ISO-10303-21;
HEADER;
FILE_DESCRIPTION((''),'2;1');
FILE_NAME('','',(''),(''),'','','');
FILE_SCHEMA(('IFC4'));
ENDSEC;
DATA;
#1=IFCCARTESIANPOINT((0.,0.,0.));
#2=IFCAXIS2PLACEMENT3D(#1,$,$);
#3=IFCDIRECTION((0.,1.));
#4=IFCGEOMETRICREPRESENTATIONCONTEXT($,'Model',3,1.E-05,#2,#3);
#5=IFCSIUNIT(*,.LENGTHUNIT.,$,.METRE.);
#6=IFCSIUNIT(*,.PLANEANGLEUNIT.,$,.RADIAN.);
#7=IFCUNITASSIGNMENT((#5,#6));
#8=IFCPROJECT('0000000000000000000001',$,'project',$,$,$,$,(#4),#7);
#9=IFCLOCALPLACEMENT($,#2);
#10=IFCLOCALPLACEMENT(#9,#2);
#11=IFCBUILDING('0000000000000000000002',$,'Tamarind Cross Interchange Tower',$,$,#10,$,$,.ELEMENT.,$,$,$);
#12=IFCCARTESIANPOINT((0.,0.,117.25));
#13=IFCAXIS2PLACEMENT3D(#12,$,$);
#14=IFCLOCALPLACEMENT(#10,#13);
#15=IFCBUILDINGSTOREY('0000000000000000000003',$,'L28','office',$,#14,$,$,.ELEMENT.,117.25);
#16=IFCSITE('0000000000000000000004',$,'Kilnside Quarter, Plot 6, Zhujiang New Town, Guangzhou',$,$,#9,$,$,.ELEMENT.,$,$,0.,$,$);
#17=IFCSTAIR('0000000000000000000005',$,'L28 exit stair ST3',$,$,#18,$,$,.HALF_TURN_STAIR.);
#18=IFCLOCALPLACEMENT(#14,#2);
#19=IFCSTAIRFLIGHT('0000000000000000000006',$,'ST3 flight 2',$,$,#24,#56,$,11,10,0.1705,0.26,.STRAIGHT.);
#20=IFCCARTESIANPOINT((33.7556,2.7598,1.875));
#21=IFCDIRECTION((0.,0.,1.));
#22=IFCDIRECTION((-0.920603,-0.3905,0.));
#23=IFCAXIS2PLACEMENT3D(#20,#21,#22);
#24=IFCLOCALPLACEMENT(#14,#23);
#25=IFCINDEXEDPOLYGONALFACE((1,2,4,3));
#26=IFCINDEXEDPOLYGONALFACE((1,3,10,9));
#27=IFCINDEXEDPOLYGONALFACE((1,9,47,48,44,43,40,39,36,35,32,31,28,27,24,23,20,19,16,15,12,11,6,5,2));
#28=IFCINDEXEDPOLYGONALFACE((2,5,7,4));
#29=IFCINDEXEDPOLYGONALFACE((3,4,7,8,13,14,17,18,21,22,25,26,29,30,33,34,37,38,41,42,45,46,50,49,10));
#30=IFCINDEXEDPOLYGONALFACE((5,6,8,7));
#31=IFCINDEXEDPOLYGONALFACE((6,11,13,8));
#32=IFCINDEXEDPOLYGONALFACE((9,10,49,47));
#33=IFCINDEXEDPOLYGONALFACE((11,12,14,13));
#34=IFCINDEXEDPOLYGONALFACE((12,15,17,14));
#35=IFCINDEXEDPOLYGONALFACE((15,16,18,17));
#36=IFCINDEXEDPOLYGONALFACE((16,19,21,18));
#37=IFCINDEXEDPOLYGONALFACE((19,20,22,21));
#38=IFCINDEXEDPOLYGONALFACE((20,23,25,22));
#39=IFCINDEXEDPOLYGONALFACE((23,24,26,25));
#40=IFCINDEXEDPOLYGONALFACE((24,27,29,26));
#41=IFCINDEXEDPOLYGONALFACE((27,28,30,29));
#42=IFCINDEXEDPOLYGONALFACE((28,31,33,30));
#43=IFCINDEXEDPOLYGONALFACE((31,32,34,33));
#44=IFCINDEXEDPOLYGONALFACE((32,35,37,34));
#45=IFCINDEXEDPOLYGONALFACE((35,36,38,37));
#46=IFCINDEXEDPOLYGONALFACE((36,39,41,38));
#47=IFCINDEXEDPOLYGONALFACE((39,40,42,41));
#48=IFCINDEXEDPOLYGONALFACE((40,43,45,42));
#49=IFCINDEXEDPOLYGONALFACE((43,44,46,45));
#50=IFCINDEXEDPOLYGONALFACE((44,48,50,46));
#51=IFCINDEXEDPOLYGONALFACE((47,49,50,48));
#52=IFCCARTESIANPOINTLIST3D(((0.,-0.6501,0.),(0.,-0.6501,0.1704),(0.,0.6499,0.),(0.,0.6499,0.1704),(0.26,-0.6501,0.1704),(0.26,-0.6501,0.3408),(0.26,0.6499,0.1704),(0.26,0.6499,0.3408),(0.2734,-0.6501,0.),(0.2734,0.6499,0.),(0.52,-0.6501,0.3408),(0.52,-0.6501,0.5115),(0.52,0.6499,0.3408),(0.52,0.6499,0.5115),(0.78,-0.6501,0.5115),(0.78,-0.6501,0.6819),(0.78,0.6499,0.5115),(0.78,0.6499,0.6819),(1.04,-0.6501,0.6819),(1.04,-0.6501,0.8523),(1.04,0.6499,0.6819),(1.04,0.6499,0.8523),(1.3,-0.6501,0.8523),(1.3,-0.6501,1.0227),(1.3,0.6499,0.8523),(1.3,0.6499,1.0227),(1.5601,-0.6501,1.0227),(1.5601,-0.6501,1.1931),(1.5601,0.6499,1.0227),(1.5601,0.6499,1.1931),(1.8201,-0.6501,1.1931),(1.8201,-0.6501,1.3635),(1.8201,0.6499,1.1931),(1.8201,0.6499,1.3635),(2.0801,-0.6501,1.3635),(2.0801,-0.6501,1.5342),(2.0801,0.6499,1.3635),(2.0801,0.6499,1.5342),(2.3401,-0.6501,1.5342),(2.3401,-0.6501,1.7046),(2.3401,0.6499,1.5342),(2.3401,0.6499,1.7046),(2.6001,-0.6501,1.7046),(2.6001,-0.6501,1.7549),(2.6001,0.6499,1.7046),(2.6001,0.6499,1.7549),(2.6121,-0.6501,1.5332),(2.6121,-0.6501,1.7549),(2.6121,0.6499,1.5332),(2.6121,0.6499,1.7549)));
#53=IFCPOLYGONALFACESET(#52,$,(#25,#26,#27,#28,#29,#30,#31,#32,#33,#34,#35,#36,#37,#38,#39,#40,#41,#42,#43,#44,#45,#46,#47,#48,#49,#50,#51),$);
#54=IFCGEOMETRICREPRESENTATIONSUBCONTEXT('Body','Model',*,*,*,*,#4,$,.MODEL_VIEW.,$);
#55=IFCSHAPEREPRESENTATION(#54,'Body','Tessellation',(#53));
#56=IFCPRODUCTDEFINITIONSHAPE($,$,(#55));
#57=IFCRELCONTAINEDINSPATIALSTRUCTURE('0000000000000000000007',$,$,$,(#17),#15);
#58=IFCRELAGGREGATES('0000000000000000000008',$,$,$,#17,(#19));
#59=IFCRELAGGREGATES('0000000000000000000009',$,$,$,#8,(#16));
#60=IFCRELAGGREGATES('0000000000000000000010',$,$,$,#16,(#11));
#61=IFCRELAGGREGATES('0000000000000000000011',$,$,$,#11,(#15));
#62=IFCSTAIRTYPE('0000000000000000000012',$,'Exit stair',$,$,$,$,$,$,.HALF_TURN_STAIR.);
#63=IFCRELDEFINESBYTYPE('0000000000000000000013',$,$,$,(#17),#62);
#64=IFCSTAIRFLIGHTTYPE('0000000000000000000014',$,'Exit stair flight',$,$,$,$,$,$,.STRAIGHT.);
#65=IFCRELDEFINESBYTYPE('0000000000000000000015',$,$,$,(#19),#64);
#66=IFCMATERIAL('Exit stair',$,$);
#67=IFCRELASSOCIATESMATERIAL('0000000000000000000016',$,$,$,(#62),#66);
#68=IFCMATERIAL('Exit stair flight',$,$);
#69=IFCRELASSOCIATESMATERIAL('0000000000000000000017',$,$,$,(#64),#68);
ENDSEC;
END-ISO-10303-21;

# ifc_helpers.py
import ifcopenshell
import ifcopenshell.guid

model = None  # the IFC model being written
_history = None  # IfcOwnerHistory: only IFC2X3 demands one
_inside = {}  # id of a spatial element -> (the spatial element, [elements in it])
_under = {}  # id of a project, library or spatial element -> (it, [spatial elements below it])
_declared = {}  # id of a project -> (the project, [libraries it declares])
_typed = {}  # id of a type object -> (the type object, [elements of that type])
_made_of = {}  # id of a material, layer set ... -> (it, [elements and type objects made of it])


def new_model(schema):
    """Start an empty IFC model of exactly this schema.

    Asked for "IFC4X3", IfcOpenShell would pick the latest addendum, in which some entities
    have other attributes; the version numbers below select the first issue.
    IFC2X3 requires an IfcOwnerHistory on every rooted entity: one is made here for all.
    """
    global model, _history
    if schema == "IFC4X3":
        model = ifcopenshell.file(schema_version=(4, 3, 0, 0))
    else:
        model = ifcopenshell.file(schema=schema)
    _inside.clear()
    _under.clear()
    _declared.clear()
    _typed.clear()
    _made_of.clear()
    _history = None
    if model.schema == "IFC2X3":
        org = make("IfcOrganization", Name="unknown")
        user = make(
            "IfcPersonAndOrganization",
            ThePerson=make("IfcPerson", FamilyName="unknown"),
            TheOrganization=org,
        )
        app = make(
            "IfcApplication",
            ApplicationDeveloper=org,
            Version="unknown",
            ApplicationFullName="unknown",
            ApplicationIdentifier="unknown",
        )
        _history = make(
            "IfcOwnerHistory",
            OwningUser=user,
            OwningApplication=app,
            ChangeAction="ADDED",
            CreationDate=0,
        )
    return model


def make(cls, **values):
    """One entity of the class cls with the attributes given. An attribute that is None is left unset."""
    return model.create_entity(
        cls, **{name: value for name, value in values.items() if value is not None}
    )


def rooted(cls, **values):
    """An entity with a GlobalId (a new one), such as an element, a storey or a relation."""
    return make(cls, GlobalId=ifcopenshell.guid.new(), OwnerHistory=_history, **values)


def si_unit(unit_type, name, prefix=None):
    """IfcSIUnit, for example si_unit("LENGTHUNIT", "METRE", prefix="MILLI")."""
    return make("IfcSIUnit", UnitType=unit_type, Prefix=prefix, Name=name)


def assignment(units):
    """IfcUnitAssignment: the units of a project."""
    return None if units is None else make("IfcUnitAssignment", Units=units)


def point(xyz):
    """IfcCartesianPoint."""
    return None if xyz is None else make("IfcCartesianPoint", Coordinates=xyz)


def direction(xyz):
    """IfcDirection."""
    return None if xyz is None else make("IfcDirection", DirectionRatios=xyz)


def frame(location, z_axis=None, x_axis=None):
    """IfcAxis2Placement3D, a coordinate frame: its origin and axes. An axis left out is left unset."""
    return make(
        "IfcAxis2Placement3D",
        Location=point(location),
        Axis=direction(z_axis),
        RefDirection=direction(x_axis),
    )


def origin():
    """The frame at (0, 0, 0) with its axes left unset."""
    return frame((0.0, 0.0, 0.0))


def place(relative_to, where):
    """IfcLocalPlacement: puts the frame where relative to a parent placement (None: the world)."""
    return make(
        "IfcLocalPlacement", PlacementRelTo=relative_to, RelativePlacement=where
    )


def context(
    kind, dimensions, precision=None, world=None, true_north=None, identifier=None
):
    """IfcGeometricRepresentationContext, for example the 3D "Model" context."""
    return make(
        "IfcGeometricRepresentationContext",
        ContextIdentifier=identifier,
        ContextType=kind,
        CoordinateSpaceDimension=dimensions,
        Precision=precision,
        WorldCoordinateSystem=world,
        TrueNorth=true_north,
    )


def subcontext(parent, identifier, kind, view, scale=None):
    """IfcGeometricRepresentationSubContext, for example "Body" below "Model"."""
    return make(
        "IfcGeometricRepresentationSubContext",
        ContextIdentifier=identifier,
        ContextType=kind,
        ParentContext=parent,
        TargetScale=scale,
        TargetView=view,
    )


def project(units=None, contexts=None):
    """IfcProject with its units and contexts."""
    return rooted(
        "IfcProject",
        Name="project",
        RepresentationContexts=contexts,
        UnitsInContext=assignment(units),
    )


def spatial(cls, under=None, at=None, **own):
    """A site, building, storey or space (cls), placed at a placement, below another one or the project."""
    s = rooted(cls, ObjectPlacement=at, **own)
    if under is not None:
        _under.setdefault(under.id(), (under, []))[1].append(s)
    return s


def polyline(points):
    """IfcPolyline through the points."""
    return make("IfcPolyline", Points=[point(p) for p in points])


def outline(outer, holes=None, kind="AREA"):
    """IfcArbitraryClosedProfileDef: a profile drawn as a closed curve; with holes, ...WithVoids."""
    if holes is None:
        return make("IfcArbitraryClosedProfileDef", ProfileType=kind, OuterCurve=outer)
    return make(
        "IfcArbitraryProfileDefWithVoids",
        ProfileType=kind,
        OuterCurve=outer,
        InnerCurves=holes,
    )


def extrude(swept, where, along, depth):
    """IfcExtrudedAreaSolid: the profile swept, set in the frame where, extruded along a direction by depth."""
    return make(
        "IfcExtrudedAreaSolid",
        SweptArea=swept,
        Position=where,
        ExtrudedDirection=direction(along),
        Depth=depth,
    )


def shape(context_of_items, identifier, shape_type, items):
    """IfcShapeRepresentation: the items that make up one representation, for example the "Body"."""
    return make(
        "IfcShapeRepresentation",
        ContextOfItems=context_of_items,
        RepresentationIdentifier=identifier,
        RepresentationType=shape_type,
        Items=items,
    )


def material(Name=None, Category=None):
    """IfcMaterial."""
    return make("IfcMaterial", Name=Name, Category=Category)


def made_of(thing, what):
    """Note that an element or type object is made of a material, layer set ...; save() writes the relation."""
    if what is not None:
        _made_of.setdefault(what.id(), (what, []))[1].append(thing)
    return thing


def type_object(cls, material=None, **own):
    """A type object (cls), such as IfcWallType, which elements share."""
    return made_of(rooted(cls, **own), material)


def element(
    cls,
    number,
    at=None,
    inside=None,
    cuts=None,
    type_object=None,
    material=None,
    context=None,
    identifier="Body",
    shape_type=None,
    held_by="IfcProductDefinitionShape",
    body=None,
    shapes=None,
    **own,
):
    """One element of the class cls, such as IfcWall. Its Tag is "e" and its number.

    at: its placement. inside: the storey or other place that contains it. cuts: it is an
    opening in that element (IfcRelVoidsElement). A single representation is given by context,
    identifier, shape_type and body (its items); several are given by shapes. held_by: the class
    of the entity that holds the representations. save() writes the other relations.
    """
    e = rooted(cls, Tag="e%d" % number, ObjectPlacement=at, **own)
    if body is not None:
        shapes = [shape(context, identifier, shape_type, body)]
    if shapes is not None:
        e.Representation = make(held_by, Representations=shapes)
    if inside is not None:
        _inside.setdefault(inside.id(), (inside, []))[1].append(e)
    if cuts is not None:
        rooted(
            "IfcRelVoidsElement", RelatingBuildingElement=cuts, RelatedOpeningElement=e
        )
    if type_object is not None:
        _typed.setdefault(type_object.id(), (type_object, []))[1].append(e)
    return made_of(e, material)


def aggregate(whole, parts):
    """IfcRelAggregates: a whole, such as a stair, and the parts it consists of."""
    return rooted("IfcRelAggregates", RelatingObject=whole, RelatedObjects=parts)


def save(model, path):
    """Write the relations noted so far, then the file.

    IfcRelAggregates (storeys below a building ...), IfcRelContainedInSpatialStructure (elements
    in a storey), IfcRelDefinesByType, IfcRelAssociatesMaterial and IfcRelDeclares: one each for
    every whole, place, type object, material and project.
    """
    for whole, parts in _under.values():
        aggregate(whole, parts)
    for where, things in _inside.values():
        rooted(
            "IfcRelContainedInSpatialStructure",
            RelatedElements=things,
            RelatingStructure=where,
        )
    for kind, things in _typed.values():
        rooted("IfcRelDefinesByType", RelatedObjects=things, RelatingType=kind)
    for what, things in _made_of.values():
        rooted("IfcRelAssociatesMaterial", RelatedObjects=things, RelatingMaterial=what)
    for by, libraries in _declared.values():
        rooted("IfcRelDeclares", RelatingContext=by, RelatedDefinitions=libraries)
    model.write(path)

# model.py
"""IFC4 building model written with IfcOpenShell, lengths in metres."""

from ifc_helpers import new_model, si_unit, direction, frame, origin, place, context, subcontext, project, spatial, polyline, outline, extrude, material, type_object, element, aggregate, save


model = new_model("IFC4")

# Units and contexts
model_context = context("Model", 3, precision=1e-05, world=origin(), true_north=direction((0.0, 1.0)))
body_context = subcontext(model_context, "Body", "Model", "MODEL_VIEW")
ifc_project = project(units=[si_unit("LENGTHUNIT", "METRE"), si_unit("PLANEANGLEUNIT", "RADIAN")], contexts=[model_context])

# Site, building, storey
site_placement = place(None, origin())
site = spatial("IfcSite", under=ifc_project, at=site_placement, Name="Kilnside Quarter, Plot 6, Zhujiang New Town, Guangzhou", CompositionType="ELEMENT", RefElevation=0.0)
building_placement = place(site_placement, origin())
building = spatial("IfcBuilding", under=site, at=building_placement, Name="Tamarind Cross Interchange Tower", CompositionType="ELEMENT")
storey_placement = place(building_placement, frame((0.0, 0.0, 117.25)))
storey = spatial("IfcBuildingStorey", under=building, at=storey_placement, Name="L28", Description="office", CompositionType="ELEMENT", Elevation=117.25)

# Stair, stair flight
ifc_material_1 = material(Name="Exit stair")
stair_type = type_object("IfcStairType", Name="Exit stair", PredefinedType="HALF_TURN_STAIR", material=ifc_material_1)
stair_placement = place(storey_placement, origin())
stair = element("IfcStair", 1, at=stair_placement, inside=storey, type_object=stair_type, Name="L28 exit stair ST3", PredefinedType="HALF_TURN_STAIR")
ifc_material_2 = material(Name="Exit stair flight")
stair_flight_type = type_object("IfcStairFlightType", Name="Exit stair flight", PredefinedType="STRAIGHT", material=ifc_material_2)
stair_flight_placement = place(storey_placement, frame((33.7556, 2.7598, 1.875), z_axis=(0.0, 0.0, 1.0), x_axis=(-0.920603, -0.3905, 0.0)))
stair_flight = element("IfcStairFlight", 2, at=stair_flight_placement, type_object=stair_flight_type, Name="ST3 flight 2", NumberOfRisers=11, NumberOfTreads=10, PredefinedType="STRAIGHT", RiserHeight=0.1705, TreadLength=0.26, context=body_context, shape_type="SweptSolid", body=[
    extrude(outline(polyline([(0.0, 0.0), (0.0, 0.1704), (0.26, 0.1704), (0.26, 0.3408), (0.52, 0.3408), (0.52, 0.5115), (0.78, 0.5115), (0.78, 0.6819), (1.04, 0.6819), (1.04, 0.8523), (1.3, 0.8523), (1.3, 1.0227), (1.5601, 1.0227), (1.5601, 1.1931), (1.8201, 1.1931), (1.8201, 1.3635), (2.0801, 1.3635), (2.0801, 1.5342), (2.3401, 1.5342), (2.3401, 1.7046), (2.6001, 1.7046), (2.6001, 1.7549), (2.6121, 1.7549), (2.6121, 1.5332), (0.2734, 0.0), (0.0, 0.0)])), frame((0.0, 0.6499, 0.0), z_axis=(0.0, -1.0, 0.0), x_axis=(1.0, 0.0, 0.0)), (0.0, 0.0, 1.0), 1.3),
])
aggregate(stair, [stair_flight])

save(model, "model.ifc")
